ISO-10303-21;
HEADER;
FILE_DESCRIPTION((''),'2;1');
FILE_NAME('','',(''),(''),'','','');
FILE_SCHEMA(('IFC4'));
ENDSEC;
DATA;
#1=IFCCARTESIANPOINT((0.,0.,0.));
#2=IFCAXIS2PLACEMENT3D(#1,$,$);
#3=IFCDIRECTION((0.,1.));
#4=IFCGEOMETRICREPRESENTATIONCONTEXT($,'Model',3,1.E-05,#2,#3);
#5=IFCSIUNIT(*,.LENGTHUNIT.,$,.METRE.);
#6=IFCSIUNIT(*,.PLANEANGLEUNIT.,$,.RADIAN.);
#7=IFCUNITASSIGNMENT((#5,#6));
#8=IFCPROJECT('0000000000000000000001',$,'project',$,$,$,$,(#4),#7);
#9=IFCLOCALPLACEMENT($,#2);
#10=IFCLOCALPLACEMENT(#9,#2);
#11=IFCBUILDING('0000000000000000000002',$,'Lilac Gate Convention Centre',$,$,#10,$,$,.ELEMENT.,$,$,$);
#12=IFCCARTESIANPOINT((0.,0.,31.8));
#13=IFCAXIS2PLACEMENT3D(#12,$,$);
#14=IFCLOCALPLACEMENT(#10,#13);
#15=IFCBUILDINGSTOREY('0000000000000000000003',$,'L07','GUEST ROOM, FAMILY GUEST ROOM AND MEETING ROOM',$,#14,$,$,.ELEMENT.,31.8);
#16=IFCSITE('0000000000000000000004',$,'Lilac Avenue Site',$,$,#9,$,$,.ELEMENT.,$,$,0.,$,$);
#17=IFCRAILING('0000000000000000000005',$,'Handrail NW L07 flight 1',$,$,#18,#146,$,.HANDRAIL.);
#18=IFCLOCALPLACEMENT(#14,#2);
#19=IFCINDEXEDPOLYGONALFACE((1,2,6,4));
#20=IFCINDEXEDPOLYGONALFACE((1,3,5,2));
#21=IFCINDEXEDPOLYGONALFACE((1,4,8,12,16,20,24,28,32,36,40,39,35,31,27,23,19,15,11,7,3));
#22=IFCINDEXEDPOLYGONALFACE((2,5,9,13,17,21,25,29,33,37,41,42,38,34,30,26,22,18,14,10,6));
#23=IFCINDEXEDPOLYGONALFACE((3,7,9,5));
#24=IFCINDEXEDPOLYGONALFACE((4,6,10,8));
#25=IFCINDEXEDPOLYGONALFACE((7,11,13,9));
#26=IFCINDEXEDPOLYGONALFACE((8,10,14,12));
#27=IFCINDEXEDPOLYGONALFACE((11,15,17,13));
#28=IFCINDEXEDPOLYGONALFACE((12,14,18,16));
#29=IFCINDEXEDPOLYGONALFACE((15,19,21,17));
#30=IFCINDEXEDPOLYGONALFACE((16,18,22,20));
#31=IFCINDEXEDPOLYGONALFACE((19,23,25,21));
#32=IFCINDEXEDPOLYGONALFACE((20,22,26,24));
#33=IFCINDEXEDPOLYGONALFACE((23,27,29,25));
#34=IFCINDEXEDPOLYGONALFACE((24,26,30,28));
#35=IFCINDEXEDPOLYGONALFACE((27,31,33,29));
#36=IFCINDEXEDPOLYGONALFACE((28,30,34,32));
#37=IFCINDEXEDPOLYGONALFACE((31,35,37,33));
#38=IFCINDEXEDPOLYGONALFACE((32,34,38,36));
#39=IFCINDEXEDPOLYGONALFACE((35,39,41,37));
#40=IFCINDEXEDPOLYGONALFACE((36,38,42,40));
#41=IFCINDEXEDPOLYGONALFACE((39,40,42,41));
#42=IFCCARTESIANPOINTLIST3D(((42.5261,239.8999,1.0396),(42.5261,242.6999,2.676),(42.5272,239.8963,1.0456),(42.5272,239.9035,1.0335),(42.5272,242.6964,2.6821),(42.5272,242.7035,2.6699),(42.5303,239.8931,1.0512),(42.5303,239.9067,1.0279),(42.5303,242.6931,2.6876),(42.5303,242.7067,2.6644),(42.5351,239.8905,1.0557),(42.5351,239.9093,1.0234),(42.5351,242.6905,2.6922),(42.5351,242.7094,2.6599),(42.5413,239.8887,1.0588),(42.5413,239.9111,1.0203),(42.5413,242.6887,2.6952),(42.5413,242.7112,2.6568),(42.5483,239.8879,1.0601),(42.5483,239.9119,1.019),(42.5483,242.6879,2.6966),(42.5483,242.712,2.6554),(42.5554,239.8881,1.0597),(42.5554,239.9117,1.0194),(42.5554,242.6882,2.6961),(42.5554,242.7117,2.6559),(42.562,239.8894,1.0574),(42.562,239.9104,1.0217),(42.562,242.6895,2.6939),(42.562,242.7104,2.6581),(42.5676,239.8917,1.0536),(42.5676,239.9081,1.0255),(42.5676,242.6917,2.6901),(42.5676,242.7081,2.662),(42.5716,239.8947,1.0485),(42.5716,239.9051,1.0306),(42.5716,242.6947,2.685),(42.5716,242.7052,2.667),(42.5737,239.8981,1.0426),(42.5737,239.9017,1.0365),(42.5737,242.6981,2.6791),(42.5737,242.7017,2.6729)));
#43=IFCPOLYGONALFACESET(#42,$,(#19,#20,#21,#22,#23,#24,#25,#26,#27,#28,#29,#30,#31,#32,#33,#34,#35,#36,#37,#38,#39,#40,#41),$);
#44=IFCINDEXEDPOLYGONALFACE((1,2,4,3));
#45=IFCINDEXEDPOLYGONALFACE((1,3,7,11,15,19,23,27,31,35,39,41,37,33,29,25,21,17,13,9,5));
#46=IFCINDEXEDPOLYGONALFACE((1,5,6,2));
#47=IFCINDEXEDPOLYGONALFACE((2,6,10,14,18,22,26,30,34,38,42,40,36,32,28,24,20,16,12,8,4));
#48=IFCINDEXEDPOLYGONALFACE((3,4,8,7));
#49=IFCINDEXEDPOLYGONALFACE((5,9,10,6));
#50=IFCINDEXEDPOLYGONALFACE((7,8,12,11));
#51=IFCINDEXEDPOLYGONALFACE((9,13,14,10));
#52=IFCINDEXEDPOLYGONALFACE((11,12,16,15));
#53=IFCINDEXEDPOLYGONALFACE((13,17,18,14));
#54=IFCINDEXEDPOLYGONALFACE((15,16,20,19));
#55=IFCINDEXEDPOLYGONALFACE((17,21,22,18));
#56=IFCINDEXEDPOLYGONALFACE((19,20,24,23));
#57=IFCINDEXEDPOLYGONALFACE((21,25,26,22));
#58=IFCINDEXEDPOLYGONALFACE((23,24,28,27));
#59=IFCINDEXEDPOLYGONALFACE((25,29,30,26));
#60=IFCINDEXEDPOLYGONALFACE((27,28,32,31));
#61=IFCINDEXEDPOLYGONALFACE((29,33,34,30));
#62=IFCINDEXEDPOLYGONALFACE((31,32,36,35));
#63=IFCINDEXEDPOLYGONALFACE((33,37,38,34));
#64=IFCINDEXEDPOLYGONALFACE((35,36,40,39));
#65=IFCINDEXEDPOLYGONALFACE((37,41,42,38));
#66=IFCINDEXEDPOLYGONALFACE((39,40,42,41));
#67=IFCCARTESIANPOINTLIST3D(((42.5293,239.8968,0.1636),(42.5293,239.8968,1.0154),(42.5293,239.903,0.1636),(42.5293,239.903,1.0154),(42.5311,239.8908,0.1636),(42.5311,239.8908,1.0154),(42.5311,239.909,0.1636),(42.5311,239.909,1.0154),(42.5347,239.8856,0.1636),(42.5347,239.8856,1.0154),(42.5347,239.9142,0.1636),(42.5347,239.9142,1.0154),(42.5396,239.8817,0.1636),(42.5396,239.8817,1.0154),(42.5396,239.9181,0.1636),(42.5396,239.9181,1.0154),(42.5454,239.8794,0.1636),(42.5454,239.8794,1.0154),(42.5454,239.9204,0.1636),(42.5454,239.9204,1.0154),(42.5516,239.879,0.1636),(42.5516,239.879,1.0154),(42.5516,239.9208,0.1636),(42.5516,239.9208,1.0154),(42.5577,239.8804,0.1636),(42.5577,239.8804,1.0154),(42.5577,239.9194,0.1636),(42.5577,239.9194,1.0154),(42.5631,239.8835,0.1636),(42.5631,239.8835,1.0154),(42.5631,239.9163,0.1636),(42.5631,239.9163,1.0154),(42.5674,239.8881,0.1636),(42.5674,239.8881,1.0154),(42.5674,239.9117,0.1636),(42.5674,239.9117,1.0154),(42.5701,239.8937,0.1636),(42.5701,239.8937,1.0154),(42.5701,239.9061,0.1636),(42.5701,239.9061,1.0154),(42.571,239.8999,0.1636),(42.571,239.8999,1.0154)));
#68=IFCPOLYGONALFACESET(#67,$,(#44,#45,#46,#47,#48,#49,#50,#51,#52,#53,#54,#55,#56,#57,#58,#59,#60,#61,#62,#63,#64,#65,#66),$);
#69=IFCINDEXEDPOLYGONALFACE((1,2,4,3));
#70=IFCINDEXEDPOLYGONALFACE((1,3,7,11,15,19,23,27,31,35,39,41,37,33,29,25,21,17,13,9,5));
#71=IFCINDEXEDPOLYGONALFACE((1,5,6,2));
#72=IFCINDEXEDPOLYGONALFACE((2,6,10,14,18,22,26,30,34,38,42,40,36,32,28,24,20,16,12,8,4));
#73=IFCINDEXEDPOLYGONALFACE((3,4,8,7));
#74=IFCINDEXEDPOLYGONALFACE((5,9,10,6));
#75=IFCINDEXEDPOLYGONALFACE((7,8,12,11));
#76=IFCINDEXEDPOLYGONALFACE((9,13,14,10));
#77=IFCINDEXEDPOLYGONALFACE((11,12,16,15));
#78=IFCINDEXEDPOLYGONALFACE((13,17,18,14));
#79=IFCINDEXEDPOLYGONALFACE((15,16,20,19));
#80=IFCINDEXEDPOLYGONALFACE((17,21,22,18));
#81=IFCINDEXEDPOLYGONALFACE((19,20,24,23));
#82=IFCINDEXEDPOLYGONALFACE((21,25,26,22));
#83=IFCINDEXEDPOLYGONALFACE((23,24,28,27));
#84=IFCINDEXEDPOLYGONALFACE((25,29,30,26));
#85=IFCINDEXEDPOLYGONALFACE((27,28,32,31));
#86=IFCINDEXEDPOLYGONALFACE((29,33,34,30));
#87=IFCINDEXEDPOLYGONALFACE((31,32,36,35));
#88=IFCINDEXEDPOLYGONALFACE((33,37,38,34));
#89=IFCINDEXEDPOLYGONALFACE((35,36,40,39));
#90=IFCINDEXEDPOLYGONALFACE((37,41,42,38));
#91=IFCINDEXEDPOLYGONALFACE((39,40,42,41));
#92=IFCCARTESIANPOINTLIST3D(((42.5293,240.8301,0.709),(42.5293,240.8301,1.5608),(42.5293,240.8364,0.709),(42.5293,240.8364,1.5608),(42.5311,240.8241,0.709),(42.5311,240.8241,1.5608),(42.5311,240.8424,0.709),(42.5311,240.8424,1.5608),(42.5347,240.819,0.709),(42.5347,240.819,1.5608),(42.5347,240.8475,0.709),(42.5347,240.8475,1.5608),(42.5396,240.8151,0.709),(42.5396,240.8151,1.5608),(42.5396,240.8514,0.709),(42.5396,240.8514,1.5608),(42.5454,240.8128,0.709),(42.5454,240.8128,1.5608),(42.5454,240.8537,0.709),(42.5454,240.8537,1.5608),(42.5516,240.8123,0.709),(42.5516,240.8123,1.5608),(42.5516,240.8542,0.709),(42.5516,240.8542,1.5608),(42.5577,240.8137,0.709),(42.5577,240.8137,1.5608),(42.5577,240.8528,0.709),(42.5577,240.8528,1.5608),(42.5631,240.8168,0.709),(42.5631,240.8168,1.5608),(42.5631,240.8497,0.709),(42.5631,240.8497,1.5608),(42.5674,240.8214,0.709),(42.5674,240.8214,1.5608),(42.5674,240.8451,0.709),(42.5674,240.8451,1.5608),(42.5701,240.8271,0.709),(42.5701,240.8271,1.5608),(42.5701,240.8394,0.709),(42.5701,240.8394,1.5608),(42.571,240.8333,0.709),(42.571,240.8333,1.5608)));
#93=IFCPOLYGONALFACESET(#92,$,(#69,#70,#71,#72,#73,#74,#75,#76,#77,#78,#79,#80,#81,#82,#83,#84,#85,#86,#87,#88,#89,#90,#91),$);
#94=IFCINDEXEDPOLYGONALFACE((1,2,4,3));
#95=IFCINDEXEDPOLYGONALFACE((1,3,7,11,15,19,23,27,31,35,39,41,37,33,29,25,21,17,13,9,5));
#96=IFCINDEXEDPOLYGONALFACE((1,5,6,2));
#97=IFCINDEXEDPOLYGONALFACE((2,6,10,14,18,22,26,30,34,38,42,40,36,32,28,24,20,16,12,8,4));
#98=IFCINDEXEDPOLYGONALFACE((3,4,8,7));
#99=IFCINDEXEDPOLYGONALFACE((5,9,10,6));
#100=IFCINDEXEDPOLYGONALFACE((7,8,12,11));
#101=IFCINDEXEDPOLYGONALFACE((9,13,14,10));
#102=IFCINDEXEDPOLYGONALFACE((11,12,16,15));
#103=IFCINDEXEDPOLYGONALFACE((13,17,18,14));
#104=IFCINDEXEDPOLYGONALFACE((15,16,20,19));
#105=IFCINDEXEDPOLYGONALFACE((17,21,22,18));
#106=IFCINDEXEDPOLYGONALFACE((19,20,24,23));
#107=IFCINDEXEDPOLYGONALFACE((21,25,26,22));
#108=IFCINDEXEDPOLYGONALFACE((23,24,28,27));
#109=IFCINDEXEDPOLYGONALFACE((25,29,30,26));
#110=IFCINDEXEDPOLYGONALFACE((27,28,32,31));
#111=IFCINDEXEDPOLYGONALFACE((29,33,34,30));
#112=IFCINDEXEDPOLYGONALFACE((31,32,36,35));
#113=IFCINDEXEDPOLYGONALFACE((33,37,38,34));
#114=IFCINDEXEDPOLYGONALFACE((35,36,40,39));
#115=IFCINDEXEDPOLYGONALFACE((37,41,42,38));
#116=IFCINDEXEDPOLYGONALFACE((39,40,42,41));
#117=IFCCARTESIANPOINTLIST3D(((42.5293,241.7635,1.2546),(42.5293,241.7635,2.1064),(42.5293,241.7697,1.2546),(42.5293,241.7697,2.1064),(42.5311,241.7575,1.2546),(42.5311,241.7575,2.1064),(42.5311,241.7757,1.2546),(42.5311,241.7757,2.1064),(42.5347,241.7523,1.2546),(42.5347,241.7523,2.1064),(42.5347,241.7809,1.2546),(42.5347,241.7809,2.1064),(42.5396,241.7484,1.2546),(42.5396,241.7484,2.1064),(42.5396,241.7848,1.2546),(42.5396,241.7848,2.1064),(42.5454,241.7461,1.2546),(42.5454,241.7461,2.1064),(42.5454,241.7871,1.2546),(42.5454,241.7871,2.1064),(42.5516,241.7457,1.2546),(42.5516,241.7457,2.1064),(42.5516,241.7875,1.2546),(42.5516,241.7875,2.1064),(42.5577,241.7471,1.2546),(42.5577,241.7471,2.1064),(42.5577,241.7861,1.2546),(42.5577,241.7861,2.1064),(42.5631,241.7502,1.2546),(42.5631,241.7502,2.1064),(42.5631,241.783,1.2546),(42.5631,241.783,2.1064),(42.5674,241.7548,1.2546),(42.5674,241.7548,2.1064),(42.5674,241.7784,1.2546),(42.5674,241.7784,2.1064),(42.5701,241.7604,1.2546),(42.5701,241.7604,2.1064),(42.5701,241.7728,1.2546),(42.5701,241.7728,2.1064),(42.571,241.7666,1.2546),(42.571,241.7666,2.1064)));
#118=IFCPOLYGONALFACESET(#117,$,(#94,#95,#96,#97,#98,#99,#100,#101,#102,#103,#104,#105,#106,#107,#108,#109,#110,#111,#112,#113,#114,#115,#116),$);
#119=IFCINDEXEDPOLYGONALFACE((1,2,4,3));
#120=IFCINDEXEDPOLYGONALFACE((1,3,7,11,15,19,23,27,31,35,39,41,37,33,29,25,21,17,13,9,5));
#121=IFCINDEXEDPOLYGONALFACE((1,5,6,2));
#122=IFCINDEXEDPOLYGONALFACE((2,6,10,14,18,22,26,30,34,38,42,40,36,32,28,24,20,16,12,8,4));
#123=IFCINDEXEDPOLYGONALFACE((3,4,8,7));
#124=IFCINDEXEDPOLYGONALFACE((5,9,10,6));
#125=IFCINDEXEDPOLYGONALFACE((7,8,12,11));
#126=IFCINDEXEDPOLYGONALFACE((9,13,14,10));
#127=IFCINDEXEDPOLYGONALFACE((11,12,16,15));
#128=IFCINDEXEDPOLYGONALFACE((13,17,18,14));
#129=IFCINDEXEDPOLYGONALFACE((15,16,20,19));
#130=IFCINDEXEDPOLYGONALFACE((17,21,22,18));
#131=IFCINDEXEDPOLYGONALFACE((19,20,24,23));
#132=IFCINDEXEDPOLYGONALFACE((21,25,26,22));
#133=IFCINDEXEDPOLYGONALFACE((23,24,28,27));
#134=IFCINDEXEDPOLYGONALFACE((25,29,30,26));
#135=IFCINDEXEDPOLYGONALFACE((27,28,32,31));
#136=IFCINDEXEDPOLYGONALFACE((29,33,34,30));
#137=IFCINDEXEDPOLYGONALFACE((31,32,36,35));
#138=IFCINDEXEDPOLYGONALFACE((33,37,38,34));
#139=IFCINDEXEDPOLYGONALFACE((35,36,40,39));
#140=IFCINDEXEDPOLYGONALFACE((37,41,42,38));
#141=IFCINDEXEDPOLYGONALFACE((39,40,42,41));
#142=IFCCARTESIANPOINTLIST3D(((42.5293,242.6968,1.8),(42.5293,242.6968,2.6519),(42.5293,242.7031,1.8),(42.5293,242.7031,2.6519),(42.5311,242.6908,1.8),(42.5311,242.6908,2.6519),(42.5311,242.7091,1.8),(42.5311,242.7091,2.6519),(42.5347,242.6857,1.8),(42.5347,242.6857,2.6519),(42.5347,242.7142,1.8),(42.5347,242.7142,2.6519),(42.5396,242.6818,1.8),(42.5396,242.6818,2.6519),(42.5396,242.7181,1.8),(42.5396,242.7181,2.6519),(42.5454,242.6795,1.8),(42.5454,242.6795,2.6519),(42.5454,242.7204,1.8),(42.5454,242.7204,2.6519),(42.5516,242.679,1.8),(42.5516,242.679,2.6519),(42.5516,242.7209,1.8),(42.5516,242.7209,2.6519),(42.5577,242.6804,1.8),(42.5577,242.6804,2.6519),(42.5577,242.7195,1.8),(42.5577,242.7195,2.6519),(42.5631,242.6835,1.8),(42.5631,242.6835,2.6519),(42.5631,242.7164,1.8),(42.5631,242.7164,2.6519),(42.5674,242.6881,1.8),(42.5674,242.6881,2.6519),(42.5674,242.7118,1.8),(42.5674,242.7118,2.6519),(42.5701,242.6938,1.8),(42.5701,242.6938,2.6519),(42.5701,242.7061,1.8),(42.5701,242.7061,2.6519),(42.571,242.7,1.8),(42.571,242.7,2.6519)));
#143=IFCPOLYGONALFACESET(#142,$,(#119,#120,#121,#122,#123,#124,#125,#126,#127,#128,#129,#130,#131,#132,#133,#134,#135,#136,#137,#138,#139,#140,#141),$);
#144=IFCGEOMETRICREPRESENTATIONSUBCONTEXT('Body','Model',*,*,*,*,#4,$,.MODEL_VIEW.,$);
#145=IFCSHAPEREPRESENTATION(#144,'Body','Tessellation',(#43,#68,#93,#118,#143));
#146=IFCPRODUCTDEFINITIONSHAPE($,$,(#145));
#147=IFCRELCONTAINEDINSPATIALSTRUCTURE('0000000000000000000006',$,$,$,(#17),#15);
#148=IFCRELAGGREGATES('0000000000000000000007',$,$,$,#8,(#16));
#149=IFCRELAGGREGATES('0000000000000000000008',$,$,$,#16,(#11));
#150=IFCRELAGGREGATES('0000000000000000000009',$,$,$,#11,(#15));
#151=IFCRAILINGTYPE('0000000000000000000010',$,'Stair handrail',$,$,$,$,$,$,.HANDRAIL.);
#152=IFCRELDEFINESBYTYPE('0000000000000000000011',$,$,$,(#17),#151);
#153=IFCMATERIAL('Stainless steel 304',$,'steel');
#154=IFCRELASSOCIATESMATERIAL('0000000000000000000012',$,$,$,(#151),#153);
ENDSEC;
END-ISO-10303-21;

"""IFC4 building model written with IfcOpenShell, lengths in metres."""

from ifc_helpers import new_model, si_unit, direction, frame, origin, origin_2d, place, context, subcontext, project, spatial, circle, extrude, material, type_object, element, save


model = new_model("IFC4")

# Units and contexts
model_context = context("Model", 3, precision=1e-05, world=origin(), true_north=direction((0.0, 1.0)))
body_context = subcontext(model_context, "Body", "Model", "MODEL_VIEW")
ifc_project = project(units=[si_unit("LENGTHUNIT", "METRE"), si_unit("PLANEANGLEUNIT", "RADIAN")], contexts=[model_context])

# Site, building, storey
site_placement = place(None, origin())
site = spatial("IfcSite", under=ifc_project, at=site_placement, Name="Lilac Avenue Site", CompositionType="ELEMENT", RefElevation=0.0)
building_placement = place(site_placement, origin())
building = spatial("IfcBuilding", under=site, at=building_placement, Name="Lilac Gate Convention Centre", CompositionType="ELEMENT")
storey_placement = place(building_placement, frame((0.0, 0.0, 31.8)))
storey = spatial("IfcBuildingStorey", under=building, at=storey_placement, Name="L07", Description="GUEST ROOM, FAMILY GUEST ROOM AND MEETING ROOM", CompositionType="ELEMENT", Elevation=31.8)

# Railing
ifc_material_1 = material(Name="Stainless steel 304", Category="steel")
railing_type = type_object("IfcRailingType", Name="Stair handrail", PredefinedType="HANDRAIL", material=ifc_material_1)
for number, where, name in (
    (1, (42.55, 239.8999, 0.1636), "Handrail NW L07 flight 1"),
):
    element("IfcRailing", number, at=place(storey_placement, frame(where)), inside=storey, type_object=railing_type, Name=name, PredefinedType="HANDRAIL", context=body_context, shape_type="SweptSolid", body=[
        extrude(circle(Radius=0.0239, at=origin_2d()), frame((0.0, 0.0, 0.876), z_axis=(0.0, 0.863361, 0.504587), x_axis=(-1.0, 0.0, 0.0)), (0.0, 0.0, 1.0), 3.2432),
        extrude(circle(Radius=0.021, at=origin_2d()), origin(), (0.0, 0.0, 1.0), 0.8518),
        extrude(circle(Radius=0.021, at=origin_2d()), frame((0.0, 0.9333, 0.5454)), (0.0, 0.0, 1.0), 0.8518),
        extrude(circle(Radius=0.021, at=origin_2d()), frame((0.0, 1.8667, 1.0911)), (0.0, 0.0, 1.0), 0.8518),
        extrude(circle(Radius=0.021, at=origin_2d()), frame((0.0, 2.8, 1.6365)), (0.0, 0.0, 1.0), 0.8518),
    ])

save(model, "model.ifc")
